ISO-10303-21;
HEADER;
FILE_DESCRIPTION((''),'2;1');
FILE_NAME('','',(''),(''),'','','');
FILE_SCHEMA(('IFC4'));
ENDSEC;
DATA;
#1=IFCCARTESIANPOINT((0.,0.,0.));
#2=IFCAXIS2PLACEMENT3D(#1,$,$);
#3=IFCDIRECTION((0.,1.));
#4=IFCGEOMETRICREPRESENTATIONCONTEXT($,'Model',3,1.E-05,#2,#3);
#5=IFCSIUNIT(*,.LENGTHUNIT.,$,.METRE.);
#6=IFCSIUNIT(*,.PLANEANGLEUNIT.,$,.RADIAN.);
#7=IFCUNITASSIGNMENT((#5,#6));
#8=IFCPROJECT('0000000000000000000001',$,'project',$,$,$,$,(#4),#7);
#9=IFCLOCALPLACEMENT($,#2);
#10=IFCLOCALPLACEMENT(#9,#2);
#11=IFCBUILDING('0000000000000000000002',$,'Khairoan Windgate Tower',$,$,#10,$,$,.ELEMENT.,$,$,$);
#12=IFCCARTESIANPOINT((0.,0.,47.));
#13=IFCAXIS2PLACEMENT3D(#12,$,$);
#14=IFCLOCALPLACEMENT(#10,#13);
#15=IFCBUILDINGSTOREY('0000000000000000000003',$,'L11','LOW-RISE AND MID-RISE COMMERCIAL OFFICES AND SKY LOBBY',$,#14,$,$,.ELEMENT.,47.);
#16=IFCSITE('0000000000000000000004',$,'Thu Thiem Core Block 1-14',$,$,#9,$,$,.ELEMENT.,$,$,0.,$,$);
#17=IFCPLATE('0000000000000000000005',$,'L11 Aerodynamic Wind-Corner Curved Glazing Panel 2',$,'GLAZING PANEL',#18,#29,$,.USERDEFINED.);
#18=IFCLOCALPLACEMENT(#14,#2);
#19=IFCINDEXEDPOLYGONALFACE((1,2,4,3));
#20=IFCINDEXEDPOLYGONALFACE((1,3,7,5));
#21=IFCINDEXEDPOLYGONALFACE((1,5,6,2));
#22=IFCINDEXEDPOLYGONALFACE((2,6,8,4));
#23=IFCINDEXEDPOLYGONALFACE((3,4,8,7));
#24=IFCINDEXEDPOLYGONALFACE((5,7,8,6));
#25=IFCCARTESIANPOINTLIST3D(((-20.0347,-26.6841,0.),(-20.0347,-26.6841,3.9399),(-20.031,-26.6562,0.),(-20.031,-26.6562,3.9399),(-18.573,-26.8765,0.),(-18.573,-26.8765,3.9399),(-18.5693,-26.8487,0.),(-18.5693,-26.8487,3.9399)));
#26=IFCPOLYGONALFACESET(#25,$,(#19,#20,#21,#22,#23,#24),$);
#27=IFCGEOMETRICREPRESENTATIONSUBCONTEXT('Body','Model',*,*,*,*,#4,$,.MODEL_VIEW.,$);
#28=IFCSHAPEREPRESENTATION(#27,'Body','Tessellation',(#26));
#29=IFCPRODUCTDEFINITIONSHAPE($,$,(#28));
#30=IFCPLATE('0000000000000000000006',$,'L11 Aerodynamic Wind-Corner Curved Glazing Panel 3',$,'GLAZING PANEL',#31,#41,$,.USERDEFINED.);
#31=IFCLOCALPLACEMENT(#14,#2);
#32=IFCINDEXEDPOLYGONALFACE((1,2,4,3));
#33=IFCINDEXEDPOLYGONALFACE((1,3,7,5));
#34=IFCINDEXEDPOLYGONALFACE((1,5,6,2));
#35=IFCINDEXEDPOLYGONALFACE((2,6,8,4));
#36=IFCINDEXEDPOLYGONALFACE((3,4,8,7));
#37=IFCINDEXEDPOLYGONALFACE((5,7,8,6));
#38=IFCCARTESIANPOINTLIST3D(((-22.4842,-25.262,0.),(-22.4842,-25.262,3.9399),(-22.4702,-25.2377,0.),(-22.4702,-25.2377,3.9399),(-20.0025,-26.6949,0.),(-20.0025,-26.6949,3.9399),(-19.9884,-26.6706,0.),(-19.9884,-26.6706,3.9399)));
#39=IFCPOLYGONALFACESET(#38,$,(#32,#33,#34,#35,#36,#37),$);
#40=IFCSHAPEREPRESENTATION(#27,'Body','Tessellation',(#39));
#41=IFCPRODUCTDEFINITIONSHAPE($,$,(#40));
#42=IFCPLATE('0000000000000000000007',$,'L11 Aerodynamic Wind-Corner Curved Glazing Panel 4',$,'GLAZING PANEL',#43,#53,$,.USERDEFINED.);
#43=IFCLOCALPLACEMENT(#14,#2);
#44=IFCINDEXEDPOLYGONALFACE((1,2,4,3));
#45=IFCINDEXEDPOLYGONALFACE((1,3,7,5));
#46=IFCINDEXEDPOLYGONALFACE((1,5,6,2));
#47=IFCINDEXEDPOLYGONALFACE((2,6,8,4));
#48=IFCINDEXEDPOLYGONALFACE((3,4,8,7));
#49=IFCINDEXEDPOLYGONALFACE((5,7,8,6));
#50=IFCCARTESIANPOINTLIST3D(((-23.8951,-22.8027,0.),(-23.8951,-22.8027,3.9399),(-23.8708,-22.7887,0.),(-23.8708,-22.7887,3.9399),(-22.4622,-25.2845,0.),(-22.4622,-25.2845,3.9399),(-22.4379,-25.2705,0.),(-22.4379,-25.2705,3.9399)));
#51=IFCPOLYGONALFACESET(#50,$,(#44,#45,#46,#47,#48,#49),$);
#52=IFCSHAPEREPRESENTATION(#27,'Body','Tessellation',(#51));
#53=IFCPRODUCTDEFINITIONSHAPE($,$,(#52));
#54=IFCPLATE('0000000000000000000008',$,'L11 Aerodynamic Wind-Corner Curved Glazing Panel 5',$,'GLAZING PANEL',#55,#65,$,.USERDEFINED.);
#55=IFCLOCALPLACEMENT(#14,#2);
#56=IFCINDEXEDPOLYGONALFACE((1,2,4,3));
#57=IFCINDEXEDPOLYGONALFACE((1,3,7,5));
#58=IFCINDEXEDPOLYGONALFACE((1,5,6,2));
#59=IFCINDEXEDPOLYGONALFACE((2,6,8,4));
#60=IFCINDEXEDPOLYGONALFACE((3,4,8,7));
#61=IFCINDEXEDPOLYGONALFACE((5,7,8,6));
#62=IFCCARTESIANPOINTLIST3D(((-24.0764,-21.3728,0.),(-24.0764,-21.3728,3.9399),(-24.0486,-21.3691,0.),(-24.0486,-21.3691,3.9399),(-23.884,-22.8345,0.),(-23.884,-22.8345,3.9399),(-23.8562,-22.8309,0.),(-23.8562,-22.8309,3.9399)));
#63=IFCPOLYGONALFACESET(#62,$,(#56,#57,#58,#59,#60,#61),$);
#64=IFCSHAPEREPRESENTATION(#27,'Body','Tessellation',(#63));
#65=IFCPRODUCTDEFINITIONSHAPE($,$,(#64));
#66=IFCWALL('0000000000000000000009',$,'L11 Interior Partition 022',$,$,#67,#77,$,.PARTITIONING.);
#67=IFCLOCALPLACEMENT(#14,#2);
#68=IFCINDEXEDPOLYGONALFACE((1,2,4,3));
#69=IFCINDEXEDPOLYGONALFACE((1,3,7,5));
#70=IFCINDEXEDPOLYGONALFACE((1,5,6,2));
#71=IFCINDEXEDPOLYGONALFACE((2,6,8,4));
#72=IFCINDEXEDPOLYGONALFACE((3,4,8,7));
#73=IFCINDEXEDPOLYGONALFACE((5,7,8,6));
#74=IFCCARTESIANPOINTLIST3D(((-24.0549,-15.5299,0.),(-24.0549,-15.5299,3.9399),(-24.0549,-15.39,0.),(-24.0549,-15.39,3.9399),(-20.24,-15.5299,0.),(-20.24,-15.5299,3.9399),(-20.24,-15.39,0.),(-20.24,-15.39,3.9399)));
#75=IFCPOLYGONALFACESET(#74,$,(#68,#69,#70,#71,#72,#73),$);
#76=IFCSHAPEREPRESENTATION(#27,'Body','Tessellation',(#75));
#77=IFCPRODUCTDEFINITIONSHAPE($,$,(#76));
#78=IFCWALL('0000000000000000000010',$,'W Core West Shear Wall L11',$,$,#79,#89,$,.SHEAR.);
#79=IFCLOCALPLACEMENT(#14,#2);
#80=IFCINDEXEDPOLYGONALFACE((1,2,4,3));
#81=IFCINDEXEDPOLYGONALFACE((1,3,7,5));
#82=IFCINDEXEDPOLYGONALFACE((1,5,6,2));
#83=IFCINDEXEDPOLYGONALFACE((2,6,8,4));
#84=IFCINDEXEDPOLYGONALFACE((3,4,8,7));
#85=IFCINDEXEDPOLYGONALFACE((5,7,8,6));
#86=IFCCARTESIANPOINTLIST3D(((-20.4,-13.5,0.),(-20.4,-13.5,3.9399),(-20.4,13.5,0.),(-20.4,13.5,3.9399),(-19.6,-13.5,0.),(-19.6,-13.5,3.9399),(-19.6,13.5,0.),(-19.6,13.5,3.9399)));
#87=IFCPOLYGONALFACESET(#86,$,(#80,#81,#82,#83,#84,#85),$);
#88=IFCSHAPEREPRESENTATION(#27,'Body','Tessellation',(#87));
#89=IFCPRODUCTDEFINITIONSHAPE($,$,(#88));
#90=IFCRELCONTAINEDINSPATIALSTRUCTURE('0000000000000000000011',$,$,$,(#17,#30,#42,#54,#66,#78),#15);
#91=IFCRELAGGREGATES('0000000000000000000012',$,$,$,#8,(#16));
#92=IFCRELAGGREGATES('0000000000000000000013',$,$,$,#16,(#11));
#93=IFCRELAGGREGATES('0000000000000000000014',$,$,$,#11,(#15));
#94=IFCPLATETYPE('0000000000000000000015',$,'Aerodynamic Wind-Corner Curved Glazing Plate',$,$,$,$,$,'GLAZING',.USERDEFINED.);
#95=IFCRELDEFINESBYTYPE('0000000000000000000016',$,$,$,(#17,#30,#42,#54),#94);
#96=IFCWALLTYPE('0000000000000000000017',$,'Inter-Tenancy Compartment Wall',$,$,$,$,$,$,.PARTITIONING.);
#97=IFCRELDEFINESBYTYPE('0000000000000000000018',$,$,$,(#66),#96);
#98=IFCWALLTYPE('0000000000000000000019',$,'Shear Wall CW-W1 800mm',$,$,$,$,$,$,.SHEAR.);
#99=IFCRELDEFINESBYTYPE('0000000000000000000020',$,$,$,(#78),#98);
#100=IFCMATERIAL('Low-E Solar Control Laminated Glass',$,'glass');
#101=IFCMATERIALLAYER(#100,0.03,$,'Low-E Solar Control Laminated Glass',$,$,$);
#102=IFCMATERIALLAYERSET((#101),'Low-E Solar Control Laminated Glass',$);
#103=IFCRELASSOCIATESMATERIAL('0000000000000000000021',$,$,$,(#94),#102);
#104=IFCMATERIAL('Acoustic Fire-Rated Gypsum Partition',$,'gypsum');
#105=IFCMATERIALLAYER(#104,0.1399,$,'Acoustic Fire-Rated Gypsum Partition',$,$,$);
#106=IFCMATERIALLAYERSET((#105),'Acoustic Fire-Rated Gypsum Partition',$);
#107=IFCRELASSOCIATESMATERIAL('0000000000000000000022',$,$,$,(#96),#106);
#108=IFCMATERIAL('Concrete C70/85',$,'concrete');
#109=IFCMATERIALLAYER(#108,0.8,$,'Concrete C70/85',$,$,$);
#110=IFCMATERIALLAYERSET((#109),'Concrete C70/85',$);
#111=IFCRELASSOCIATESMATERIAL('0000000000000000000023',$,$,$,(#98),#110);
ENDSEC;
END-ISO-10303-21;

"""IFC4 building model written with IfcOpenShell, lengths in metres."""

from ifc_helpers import new_model, si_unit, direction, frame, frame_2d, origin, origin_2d, place, context, subcontext, project, spatial, rectangle, extrude, material, layer, layer_set, type_object, element, save


model = new_model("IFC4")

# Units and contexts
model_context = context("Model", 3, precision=1e-05, world=origin(), true_north=direction((0.0, 1.0)))
body_context = subcontext(model_context, "Body", "Model", "MODEL_VIEW")
ifc_project = project(units=[si_unit("LENGTHUNIT", "METRE"), si_unit("PLANEANGLEUNIT", "RADIAN")], contexts=[model_context])

# Site, building, storey
site_placement = place(None, origin())
site = spatial("IfcSite", under=ifc_project, at=site_placement, Name="Thu Thiem Core Block 1-14", CompositionType="ELEMENT", RefElevation=0.0)
building_placement = place(site_placement, origin())
building = spatial("IfcBuilding", under=site, at=building_placement, Name="Khairoan Windgate Tower", CompositionType="ELEMENT")
storey_placement = place(building_placement, frame((0.0, 0.0, 47.0)))
storey = spatial("IfcBuildingStorey", under=building, at=storey_placement, Name="L11", Description="LOW-RISE AND MID-RISE COMMERCIAL OFFICES AND SKY LOBBY", CompositionType="ELEMENT", Elevation=47.0)

# Plates
ifc_material_1 = material(Name="Low-E Solar Control Laminated Glass", Category="glass")
ifc_layer_1 = layer(ifc_material_1, 0.03, Name="Low-E Solar Control Laminated Glass")
ifc_layer_set_1 = layer_set([ifc_layer_1], Name="Low-E Solar Control Laminated Glass")
plate_type_1 = type_object("IfcPlateType", Name="Aerodynamic Wind-Corner Curved Glazing Plate", ElementType="GLAZING", PredefinedType="USERDEFINED", material=ifc_layer_set_1)
plate_1_placement = place(storey_placement, frame((-19.302, -26.7664, 0.0), z_axis=(0.0, 0.0, 1.0), x_axis=(-0.991445, 0.130526, 0.0)))
element("IfcPlate", 1, at=plate_1_placement, inside=storey, type_object=plate_type_1, Name="L11 Aerodynamic Wind-Corner Curved Glazing Panel 2", ObjectType="GLAZING PANEL", PredefinedType="USERDEFINED", context=body_context, shape_type="SweptSolid", body=[
    extrude(rectangle(XDim=1.4744, YDim=0.0281, at=origin_2d()), origin(), (0.0, 0.0, 1.0), 3.9399),
])
for number, where, z_axis, x_axis, name in (
    (2, (-21.2363, -25.9663, 0.0), (0.0, 0.0, 1.0), (-0.866025, 0.5, 0.0), "L11 Aerodynamic Wind-Corner Curved Glazing Panel 3"),
    (3, (-23.1665, -24.0366, 0.0), (0.0, 0.0, 1.0), (-0.5, 0.866025, 0.0), "L11 Aerodynamic Wind-Corner Curved Glazing Panel 4"),
):
    element("IfcPlate", number, at=place(storey_placement, frame(where, z_axis=z_axis, x_axis=x_axis)), inside=storey, type_object=plate_type_1, Name=name, ObjectType="GLAZING PANEL", PredefinedType="USERDEFINED", context=body_context, shape_type="SweptSolid", body=[
        extrude(rectangle(XDim=2.8657, YDim=0.0281, at=origin_2d()), origin(), (0.0, 0.0, 1.0), 3.9399),
    ])
plate_2_placement = place(storey_placement, frame((-23.9663, -22.1018, 0.0), z_axis=(0.0, 0.0, 1.0), x_axis=(-0.130526, 0.991445, 0.0)))
element("IfcPlate", 4, at=plate_2_placement, inside=storey, type_object=plate_type_1, Name="L11 Aerodynamic Wind-Corner Curved Glazing Panel 5", ObjectType="GLAZING PANEL", PredefinedType="USERDEFINED", context=body_context, shape_type="SweptSolid", body=[
    extrude(rectangle(XDim=1.4744, YDim=0.0281, at=origin_2d()), origin(), (0.0, 0.0, 1.0), 3.9399),
])

# Wall
ifc_material_2 = material(Name="Acoustic Fire-Rated Gypsum Partition", Category="gypsum")
ifc_layer_2 = layer(ifc_material_2, 0.1399, Name="Acoustic Fire-Rated Gypsum Partition")
ifc_layer_set_2 = layer_set([ifc_layer_2], Name="Acoustic Fire-Rated Gypsum Partition")
wall_type_1 = type_object("IfcWallType", Name="Inter-Tenancy Compartment Wall", PredefinedType="PARTITIONING", material=ifc_layer_set_2)
wall_1_placement = place(storey_placement, frame((-24.0549, -15.46, 0.0), z_axis=(0.0, 0.0, 1.0), x_axis=(1.0, 0.0, 0.0)))
element("IfcWall", 5, at=wall_1_placement, inside=storey, type_object=wall_type_1, Name="L11 Interior Partition 022", PredefinedType="PARTITIONING", context=body_context, shape_type="SweptSolid", body=[
    extrude(rectangle(XDim=3.8149, YDim=0.1399, at=frame_2d((1.9075, 0.0))), origin(), (0.0, 0.0, 1.0), 3.9399),
])

# Wall
ifc_material_3 = material(Name="Concrete C70/85", Category="concrete")
ifc_layer_3 = layer(ifc_material_3, 0.8, Name="Concrete C70/85")
ifc_layer_set_3 = layer_set([ifc_layer_3], Name="Concrete C70/85")
wall_type_2 = type_object("IfcWallType", Name="Shear Wall CW-W1 800mm", PredefinedType="SHEAR", material=ifc_layer_set_3)
wall_2_placement = place(storey_placement, frame((-20.0, -13.5, 0.0), z_axis=(0.0, 0.0, 1.0), x_axis=(0.0, 1.0, 0.0)))
element("IfcWall", 6, at=wall_2_placement, inside=storey, type_object=wall_type_2, Name="W Core West Shear Wall L11", PredefinedType="SHEAR", context=body_context, shape_type="SweptSolid", body=[
    extrude(rectangle(XDim=27.0, YDim=0.8, at=frame_2d((13.5, 0.0))), origin(), (0.0, 0.0, 1.0), 3.9399),
])

save(model, "model.ifc")
